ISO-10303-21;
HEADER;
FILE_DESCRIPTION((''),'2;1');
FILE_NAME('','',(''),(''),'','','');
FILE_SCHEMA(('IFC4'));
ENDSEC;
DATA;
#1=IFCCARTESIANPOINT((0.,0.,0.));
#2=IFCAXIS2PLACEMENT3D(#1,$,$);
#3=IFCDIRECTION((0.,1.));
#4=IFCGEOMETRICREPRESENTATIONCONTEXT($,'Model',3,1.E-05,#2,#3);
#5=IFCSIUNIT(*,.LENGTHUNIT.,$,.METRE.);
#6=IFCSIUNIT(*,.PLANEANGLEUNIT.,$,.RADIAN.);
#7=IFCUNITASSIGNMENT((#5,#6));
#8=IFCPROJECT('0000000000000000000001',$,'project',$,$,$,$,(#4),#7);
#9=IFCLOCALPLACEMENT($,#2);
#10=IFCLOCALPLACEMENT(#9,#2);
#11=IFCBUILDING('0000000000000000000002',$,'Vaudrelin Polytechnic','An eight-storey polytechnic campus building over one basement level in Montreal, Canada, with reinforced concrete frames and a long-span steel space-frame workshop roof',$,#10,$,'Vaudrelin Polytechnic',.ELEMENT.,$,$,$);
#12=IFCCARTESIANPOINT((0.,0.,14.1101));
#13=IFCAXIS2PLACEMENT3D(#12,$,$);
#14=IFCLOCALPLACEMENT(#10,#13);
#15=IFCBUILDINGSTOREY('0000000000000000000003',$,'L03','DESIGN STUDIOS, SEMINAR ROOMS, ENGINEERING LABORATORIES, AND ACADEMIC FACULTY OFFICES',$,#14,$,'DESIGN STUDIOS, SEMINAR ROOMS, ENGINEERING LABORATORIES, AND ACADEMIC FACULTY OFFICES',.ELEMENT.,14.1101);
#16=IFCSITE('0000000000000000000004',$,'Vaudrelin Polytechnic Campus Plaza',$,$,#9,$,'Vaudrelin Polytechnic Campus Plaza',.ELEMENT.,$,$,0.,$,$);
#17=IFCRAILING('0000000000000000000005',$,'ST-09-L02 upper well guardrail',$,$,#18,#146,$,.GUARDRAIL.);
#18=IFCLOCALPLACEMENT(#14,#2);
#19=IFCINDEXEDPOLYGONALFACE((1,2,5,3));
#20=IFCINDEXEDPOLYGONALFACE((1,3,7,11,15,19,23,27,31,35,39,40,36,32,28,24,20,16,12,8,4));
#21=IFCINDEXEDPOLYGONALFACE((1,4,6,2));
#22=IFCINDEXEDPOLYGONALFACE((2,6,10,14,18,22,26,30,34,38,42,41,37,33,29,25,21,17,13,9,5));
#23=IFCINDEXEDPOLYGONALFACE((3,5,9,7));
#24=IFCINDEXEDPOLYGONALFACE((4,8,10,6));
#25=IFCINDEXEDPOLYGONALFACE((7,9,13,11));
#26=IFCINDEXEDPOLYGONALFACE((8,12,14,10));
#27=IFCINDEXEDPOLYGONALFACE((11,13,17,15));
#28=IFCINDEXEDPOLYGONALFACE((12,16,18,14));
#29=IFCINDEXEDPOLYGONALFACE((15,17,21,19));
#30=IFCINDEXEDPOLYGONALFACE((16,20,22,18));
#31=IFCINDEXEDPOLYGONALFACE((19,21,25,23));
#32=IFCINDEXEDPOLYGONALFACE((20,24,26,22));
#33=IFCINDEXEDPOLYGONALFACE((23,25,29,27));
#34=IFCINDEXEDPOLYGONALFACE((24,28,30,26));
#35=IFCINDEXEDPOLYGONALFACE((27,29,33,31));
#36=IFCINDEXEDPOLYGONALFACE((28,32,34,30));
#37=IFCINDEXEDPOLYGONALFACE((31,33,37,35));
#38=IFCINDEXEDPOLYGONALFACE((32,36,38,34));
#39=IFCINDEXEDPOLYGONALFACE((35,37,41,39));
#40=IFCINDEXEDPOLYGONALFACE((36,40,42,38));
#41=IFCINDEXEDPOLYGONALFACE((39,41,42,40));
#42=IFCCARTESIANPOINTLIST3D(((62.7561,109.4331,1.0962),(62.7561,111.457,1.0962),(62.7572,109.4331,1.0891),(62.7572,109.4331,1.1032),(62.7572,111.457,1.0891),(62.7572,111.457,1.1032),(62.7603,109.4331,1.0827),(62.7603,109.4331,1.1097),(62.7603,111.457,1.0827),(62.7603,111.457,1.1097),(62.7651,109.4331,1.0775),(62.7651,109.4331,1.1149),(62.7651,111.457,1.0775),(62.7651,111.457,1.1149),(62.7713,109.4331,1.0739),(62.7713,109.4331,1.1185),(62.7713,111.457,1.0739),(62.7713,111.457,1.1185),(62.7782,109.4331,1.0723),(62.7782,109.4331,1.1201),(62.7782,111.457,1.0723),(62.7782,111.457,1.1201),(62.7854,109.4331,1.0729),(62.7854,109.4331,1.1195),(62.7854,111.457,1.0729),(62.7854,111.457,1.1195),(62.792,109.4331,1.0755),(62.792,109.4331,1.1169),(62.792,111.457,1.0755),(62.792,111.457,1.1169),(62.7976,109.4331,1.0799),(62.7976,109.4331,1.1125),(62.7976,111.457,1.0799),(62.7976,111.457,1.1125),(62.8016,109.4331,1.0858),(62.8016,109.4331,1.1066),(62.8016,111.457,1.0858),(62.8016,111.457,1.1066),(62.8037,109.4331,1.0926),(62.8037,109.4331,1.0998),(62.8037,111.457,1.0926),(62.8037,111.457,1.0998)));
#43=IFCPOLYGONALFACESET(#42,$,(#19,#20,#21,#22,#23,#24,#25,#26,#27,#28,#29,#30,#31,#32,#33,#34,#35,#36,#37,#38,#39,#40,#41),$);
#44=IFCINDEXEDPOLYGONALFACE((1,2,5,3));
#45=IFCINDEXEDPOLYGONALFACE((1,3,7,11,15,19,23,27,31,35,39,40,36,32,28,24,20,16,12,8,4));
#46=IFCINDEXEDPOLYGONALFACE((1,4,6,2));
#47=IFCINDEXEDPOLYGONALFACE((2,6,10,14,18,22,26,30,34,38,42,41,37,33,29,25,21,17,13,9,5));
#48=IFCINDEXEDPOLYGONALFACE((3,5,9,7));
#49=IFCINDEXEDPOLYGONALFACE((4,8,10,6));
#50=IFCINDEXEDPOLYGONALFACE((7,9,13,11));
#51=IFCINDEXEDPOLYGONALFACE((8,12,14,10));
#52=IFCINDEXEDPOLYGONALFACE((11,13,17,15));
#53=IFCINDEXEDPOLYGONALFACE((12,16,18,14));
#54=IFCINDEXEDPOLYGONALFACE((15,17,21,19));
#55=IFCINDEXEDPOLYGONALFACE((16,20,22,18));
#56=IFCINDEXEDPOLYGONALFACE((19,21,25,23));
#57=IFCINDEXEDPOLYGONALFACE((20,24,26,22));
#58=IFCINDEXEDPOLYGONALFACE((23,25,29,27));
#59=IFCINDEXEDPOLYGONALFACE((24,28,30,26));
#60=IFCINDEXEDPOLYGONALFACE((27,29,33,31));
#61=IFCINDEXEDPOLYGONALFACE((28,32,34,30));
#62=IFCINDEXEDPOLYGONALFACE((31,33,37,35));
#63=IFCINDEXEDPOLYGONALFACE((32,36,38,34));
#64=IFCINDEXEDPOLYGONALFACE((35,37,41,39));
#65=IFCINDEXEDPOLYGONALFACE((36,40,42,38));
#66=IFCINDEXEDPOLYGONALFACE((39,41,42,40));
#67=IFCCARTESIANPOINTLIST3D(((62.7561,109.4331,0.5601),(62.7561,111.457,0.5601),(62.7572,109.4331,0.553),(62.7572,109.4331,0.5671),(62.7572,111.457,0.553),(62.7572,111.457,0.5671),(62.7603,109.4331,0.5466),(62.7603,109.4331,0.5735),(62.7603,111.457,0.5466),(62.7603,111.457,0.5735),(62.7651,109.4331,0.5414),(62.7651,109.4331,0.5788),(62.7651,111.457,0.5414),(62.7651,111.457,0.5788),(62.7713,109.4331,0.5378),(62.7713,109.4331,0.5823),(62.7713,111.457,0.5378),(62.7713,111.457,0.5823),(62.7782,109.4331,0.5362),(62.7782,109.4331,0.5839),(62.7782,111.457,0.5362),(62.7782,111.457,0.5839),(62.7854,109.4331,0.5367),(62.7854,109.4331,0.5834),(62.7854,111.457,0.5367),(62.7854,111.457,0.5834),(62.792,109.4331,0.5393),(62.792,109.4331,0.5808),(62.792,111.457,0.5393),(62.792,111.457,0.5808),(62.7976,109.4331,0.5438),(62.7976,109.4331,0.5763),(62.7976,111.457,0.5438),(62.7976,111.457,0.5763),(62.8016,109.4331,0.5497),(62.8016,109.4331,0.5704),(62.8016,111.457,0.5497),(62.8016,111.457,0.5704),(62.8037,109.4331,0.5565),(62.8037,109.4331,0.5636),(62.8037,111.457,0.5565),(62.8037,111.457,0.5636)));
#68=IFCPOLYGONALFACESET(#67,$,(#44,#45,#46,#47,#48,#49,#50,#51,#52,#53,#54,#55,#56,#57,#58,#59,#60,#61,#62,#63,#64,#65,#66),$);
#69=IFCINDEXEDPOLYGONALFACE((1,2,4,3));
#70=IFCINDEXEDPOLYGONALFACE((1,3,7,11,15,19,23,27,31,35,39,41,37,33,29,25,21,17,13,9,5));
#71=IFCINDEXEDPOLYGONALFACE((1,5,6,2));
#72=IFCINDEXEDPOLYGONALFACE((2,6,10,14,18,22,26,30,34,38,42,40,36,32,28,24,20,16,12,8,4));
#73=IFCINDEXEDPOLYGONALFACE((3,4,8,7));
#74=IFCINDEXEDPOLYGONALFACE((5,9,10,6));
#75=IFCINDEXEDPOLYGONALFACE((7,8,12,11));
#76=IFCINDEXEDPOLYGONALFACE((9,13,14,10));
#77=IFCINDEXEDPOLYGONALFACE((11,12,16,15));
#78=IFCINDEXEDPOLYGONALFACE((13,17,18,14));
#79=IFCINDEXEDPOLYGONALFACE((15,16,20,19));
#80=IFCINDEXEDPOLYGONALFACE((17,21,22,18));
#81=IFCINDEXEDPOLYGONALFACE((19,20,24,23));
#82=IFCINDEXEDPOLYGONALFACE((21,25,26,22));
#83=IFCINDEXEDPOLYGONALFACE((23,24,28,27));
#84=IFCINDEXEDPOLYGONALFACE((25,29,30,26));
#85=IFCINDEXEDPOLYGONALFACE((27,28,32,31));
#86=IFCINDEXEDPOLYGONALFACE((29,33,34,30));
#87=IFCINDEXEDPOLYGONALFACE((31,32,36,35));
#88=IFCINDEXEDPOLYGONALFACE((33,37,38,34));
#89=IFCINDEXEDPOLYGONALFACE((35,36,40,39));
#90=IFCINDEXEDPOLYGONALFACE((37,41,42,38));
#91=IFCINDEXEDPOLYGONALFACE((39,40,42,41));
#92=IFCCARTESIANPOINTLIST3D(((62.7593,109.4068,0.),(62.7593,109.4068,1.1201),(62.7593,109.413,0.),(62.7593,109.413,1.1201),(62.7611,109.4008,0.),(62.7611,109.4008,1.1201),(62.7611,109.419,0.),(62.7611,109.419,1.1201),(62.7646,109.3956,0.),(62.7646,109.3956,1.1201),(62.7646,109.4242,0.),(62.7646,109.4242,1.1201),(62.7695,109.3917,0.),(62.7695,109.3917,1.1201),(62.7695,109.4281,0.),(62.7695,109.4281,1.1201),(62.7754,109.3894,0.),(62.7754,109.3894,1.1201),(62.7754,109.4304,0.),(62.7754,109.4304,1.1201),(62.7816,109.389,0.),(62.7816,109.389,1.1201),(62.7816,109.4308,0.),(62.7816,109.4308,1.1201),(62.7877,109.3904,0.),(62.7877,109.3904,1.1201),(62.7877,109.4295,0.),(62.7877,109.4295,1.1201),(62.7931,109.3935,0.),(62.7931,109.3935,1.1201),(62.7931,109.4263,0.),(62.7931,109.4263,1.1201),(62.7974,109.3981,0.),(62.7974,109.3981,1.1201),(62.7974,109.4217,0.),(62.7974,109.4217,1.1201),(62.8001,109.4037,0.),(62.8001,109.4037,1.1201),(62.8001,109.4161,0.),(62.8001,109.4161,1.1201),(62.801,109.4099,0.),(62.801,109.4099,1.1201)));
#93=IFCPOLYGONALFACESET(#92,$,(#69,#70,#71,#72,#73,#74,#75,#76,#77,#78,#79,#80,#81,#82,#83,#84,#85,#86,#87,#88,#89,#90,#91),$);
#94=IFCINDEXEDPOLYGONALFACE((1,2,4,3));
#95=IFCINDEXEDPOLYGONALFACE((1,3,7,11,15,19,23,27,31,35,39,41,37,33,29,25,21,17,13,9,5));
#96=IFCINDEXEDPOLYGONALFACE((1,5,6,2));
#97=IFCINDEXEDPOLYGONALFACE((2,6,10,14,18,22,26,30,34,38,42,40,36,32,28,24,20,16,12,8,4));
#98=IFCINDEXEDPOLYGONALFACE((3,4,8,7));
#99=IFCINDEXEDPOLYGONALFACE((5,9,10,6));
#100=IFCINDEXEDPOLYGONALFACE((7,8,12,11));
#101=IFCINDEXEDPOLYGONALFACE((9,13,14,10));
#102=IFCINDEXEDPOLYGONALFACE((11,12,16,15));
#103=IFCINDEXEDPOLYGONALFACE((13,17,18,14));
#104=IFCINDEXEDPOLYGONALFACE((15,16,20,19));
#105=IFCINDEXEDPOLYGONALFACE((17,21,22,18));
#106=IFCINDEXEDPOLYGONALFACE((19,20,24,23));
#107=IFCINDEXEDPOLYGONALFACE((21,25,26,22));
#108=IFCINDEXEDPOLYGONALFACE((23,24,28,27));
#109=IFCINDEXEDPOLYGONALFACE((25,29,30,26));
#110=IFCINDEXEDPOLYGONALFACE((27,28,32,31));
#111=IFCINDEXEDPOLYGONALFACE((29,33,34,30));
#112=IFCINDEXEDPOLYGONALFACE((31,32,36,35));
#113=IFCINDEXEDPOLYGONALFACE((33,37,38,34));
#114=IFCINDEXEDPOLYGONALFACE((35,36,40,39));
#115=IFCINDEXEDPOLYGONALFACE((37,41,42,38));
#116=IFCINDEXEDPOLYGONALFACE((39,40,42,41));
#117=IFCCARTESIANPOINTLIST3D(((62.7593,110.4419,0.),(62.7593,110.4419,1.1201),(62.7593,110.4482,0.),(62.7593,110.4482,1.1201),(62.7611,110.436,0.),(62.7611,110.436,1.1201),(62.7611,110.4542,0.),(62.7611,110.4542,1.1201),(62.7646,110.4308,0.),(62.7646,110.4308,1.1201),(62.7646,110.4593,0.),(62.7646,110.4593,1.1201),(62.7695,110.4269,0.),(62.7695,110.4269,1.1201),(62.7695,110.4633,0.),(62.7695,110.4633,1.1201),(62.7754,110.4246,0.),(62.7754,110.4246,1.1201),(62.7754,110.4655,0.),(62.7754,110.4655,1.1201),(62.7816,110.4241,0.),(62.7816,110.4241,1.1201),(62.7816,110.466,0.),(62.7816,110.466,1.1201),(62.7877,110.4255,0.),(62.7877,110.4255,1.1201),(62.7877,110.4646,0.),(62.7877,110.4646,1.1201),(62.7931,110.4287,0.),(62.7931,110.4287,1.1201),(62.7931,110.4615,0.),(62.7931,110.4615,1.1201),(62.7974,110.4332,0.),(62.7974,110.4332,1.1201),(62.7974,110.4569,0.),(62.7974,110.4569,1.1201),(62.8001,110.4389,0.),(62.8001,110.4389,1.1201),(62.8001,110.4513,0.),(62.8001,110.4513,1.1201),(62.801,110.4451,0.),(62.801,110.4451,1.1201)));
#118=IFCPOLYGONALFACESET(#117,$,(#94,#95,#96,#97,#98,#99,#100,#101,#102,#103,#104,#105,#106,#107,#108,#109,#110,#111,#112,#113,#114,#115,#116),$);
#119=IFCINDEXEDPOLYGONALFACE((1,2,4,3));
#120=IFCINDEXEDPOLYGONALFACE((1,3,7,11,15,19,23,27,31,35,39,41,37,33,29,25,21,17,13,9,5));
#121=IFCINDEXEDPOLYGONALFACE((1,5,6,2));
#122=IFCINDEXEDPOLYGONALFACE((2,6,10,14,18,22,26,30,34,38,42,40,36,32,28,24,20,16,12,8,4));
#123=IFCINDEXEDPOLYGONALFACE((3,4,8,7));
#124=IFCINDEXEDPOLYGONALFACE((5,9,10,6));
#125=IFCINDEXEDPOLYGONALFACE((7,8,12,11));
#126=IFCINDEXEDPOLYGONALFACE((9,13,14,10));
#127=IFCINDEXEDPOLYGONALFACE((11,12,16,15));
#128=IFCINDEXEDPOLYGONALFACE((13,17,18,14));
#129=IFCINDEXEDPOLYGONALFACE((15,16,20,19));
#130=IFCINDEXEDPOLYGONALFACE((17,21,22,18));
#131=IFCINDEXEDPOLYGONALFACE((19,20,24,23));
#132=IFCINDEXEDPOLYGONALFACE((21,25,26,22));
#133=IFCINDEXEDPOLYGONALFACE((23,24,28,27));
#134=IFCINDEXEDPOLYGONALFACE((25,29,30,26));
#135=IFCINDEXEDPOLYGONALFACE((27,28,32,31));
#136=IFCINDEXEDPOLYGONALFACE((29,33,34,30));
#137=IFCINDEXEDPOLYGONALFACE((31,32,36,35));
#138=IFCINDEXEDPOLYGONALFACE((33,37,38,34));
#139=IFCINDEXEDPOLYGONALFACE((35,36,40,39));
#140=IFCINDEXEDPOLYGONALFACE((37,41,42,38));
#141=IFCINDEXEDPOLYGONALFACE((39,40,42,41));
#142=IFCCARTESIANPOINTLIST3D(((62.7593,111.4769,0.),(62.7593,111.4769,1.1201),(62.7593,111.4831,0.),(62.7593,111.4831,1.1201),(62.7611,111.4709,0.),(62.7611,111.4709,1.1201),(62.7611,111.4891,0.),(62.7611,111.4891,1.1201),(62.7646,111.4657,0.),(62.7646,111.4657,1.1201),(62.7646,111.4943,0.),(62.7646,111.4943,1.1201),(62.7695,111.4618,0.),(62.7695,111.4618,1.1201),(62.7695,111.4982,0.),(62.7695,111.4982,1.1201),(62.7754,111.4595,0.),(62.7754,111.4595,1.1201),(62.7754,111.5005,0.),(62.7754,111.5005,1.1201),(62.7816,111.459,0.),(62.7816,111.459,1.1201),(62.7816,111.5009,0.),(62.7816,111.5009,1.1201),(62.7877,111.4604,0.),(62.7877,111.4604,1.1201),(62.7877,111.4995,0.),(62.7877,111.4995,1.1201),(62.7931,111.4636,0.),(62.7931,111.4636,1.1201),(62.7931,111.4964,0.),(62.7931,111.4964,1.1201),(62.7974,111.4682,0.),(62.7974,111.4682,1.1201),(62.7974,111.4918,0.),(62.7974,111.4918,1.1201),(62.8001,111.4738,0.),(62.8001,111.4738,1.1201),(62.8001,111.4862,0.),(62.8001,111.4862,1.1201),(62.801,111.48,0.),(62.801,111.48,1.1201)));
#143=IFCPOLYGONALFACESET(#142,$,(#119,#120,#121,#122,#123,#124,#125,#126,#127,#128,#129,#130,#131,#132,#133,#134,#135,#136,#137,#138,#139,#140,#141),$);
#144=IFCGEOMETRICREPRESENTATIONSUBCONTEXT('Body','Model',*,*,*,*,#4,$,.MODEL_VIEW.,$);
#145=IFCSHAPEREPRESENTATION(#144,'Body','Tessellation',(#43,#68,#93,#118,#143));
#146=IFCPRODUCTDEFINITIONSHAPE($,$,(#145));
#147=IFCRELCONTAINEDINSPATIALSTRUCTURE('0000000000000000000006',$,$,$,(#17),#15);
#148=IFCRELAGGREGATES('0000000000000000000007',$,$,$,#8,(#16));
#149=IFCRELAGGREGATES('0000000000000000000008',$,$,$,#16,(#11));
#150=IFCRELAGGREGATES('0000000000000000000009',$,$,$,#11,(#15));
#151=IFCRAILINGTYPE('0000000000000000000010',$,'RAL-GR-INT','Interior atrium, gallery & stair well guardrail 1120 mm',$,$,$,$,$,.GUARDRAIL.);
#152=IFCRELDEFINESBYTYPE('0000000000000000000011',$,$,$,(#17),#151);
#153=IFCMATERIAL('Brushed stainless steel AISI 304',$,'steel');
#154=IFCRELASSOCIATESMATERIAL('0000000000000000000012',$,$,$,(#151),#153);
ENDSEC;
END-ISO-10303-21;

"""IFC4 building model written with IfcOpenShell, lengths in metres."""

from ifc_helpers import new_model, si_unit, direction, frame, origin, origin_2d, place, context, subcontext, project, spatial, circle, extrude, material, type_object, element, save


model = new_model("IFC4")

# Units and contexts
model_context = context("Model", 3, precision=1e-05, world=origin(), true_north=direction((0.0, 1.0)))
body_context = subcontext(model_context, "Body", "Model", "MODEL_VIEW")
ifc_project = project(units=[si_unit("LENGTHUNIT", "METRE"), si_unit("PLANEANGLEUNIT", "RADIAN")], contexts=[model_context])

# Site, building, storey
site_placement = place(None, origin())
site = spatial("IfcSite", under=ifc_project, at=site_placement, Name="Vaudrelin Polytechnic Campus Plaza", LongName="Vaudrelin Polytechnic Campus Plaza", CompositionType="ELEMENT", RefElevation=0.0)
building_placement = place(site_placement, origin())
building = spatial("IfcBuilding", under=site, at=building_placement, Name="Vaudrelin Polytechnic", Description="An eight-storey polytechnic campus building over one basement level in Montreal, Canada, with reinforced concrete frames and a long-span steel space-frame workshop roof", LongName="Vaudrelin Polytechnic", CompositionType="ELEMENT")
storey_placement = place(building_placement, frame((0.0, 0.0, 14.1101)))
storey = spatial("IfcBuildingStorey", under=building, at=storey_placement, Name="L03", Description="DESIGN STUDIOS, SEMINAR ROOMS, ENGINEERING LABORATORIES, AND ACADEMIC FACULTY OFFICES", LongName="DESIGN STUDIOS, SEMINAR ROOMS, ENGINEERING LABORATORIES, AND ACADEMIC FACULTY OFFICES", CompositionType="ELEMENT", Elevation=14.1101)

# Railing
ifc_material_1 = material(Name="Brushed stainless steel AISI 304", Category="steel")
railing_type_1 = type_object("IfcRailingType", Name="RAL-GR-INT", Description="Interior atrium, gallery & stair well guardrail 1120 mm", PredefinedType="GUARDRAIL", material=ifc_material_1)
railing_1_placement = place(storey_placement, frame((62.78, 109.4099, 0.0)))
element("IfcRailing", 1, at=railing_1_placement, inside=storey, type_object=railing_type_1, Name="ST-09-L02 upper well guardrail", PredefinedType="GUARDRAIL", context=body_context, shape_type="SweptSolid", body=[
    extrude(circle(Radius=0.0239, at=origin_2d()), frame((0.0, 0.0232, 1.0962), z_axis=(0.0, 1.0, 0.0), x_axis=(-1.0, 0.0, 0.0)), (0.0, 0.0, 1.0), 2.0239),
    extrude(circle(Radius=0.0239, at=origin_2d()), frame((0.0, 0.0232, 0.5601), z_axis=(0.0, 1.0, 0.0), x_axis=(-1.0, 0.0, 0.0)), (0.0, 0.0, 1.0), 2.0239),
    extrude(circle(Radius=0.021, at=origin_2d()), origin(), (0.0, 0.0, 1.0), 1.1201),
    extrude(circle(Radius=0.021, at=origin_2d()), frame((0.0, 1.0352, 0.0)), (0.0, 0.0, 1.0), 1.1201),
    extrude(circle(Radius=0.021, at=origin_2d()), frame((0.0, 2.0701, 0.0)), (0.0, 0.0, 1.0), 1.1201),
])

save(model, "model.ifc")
